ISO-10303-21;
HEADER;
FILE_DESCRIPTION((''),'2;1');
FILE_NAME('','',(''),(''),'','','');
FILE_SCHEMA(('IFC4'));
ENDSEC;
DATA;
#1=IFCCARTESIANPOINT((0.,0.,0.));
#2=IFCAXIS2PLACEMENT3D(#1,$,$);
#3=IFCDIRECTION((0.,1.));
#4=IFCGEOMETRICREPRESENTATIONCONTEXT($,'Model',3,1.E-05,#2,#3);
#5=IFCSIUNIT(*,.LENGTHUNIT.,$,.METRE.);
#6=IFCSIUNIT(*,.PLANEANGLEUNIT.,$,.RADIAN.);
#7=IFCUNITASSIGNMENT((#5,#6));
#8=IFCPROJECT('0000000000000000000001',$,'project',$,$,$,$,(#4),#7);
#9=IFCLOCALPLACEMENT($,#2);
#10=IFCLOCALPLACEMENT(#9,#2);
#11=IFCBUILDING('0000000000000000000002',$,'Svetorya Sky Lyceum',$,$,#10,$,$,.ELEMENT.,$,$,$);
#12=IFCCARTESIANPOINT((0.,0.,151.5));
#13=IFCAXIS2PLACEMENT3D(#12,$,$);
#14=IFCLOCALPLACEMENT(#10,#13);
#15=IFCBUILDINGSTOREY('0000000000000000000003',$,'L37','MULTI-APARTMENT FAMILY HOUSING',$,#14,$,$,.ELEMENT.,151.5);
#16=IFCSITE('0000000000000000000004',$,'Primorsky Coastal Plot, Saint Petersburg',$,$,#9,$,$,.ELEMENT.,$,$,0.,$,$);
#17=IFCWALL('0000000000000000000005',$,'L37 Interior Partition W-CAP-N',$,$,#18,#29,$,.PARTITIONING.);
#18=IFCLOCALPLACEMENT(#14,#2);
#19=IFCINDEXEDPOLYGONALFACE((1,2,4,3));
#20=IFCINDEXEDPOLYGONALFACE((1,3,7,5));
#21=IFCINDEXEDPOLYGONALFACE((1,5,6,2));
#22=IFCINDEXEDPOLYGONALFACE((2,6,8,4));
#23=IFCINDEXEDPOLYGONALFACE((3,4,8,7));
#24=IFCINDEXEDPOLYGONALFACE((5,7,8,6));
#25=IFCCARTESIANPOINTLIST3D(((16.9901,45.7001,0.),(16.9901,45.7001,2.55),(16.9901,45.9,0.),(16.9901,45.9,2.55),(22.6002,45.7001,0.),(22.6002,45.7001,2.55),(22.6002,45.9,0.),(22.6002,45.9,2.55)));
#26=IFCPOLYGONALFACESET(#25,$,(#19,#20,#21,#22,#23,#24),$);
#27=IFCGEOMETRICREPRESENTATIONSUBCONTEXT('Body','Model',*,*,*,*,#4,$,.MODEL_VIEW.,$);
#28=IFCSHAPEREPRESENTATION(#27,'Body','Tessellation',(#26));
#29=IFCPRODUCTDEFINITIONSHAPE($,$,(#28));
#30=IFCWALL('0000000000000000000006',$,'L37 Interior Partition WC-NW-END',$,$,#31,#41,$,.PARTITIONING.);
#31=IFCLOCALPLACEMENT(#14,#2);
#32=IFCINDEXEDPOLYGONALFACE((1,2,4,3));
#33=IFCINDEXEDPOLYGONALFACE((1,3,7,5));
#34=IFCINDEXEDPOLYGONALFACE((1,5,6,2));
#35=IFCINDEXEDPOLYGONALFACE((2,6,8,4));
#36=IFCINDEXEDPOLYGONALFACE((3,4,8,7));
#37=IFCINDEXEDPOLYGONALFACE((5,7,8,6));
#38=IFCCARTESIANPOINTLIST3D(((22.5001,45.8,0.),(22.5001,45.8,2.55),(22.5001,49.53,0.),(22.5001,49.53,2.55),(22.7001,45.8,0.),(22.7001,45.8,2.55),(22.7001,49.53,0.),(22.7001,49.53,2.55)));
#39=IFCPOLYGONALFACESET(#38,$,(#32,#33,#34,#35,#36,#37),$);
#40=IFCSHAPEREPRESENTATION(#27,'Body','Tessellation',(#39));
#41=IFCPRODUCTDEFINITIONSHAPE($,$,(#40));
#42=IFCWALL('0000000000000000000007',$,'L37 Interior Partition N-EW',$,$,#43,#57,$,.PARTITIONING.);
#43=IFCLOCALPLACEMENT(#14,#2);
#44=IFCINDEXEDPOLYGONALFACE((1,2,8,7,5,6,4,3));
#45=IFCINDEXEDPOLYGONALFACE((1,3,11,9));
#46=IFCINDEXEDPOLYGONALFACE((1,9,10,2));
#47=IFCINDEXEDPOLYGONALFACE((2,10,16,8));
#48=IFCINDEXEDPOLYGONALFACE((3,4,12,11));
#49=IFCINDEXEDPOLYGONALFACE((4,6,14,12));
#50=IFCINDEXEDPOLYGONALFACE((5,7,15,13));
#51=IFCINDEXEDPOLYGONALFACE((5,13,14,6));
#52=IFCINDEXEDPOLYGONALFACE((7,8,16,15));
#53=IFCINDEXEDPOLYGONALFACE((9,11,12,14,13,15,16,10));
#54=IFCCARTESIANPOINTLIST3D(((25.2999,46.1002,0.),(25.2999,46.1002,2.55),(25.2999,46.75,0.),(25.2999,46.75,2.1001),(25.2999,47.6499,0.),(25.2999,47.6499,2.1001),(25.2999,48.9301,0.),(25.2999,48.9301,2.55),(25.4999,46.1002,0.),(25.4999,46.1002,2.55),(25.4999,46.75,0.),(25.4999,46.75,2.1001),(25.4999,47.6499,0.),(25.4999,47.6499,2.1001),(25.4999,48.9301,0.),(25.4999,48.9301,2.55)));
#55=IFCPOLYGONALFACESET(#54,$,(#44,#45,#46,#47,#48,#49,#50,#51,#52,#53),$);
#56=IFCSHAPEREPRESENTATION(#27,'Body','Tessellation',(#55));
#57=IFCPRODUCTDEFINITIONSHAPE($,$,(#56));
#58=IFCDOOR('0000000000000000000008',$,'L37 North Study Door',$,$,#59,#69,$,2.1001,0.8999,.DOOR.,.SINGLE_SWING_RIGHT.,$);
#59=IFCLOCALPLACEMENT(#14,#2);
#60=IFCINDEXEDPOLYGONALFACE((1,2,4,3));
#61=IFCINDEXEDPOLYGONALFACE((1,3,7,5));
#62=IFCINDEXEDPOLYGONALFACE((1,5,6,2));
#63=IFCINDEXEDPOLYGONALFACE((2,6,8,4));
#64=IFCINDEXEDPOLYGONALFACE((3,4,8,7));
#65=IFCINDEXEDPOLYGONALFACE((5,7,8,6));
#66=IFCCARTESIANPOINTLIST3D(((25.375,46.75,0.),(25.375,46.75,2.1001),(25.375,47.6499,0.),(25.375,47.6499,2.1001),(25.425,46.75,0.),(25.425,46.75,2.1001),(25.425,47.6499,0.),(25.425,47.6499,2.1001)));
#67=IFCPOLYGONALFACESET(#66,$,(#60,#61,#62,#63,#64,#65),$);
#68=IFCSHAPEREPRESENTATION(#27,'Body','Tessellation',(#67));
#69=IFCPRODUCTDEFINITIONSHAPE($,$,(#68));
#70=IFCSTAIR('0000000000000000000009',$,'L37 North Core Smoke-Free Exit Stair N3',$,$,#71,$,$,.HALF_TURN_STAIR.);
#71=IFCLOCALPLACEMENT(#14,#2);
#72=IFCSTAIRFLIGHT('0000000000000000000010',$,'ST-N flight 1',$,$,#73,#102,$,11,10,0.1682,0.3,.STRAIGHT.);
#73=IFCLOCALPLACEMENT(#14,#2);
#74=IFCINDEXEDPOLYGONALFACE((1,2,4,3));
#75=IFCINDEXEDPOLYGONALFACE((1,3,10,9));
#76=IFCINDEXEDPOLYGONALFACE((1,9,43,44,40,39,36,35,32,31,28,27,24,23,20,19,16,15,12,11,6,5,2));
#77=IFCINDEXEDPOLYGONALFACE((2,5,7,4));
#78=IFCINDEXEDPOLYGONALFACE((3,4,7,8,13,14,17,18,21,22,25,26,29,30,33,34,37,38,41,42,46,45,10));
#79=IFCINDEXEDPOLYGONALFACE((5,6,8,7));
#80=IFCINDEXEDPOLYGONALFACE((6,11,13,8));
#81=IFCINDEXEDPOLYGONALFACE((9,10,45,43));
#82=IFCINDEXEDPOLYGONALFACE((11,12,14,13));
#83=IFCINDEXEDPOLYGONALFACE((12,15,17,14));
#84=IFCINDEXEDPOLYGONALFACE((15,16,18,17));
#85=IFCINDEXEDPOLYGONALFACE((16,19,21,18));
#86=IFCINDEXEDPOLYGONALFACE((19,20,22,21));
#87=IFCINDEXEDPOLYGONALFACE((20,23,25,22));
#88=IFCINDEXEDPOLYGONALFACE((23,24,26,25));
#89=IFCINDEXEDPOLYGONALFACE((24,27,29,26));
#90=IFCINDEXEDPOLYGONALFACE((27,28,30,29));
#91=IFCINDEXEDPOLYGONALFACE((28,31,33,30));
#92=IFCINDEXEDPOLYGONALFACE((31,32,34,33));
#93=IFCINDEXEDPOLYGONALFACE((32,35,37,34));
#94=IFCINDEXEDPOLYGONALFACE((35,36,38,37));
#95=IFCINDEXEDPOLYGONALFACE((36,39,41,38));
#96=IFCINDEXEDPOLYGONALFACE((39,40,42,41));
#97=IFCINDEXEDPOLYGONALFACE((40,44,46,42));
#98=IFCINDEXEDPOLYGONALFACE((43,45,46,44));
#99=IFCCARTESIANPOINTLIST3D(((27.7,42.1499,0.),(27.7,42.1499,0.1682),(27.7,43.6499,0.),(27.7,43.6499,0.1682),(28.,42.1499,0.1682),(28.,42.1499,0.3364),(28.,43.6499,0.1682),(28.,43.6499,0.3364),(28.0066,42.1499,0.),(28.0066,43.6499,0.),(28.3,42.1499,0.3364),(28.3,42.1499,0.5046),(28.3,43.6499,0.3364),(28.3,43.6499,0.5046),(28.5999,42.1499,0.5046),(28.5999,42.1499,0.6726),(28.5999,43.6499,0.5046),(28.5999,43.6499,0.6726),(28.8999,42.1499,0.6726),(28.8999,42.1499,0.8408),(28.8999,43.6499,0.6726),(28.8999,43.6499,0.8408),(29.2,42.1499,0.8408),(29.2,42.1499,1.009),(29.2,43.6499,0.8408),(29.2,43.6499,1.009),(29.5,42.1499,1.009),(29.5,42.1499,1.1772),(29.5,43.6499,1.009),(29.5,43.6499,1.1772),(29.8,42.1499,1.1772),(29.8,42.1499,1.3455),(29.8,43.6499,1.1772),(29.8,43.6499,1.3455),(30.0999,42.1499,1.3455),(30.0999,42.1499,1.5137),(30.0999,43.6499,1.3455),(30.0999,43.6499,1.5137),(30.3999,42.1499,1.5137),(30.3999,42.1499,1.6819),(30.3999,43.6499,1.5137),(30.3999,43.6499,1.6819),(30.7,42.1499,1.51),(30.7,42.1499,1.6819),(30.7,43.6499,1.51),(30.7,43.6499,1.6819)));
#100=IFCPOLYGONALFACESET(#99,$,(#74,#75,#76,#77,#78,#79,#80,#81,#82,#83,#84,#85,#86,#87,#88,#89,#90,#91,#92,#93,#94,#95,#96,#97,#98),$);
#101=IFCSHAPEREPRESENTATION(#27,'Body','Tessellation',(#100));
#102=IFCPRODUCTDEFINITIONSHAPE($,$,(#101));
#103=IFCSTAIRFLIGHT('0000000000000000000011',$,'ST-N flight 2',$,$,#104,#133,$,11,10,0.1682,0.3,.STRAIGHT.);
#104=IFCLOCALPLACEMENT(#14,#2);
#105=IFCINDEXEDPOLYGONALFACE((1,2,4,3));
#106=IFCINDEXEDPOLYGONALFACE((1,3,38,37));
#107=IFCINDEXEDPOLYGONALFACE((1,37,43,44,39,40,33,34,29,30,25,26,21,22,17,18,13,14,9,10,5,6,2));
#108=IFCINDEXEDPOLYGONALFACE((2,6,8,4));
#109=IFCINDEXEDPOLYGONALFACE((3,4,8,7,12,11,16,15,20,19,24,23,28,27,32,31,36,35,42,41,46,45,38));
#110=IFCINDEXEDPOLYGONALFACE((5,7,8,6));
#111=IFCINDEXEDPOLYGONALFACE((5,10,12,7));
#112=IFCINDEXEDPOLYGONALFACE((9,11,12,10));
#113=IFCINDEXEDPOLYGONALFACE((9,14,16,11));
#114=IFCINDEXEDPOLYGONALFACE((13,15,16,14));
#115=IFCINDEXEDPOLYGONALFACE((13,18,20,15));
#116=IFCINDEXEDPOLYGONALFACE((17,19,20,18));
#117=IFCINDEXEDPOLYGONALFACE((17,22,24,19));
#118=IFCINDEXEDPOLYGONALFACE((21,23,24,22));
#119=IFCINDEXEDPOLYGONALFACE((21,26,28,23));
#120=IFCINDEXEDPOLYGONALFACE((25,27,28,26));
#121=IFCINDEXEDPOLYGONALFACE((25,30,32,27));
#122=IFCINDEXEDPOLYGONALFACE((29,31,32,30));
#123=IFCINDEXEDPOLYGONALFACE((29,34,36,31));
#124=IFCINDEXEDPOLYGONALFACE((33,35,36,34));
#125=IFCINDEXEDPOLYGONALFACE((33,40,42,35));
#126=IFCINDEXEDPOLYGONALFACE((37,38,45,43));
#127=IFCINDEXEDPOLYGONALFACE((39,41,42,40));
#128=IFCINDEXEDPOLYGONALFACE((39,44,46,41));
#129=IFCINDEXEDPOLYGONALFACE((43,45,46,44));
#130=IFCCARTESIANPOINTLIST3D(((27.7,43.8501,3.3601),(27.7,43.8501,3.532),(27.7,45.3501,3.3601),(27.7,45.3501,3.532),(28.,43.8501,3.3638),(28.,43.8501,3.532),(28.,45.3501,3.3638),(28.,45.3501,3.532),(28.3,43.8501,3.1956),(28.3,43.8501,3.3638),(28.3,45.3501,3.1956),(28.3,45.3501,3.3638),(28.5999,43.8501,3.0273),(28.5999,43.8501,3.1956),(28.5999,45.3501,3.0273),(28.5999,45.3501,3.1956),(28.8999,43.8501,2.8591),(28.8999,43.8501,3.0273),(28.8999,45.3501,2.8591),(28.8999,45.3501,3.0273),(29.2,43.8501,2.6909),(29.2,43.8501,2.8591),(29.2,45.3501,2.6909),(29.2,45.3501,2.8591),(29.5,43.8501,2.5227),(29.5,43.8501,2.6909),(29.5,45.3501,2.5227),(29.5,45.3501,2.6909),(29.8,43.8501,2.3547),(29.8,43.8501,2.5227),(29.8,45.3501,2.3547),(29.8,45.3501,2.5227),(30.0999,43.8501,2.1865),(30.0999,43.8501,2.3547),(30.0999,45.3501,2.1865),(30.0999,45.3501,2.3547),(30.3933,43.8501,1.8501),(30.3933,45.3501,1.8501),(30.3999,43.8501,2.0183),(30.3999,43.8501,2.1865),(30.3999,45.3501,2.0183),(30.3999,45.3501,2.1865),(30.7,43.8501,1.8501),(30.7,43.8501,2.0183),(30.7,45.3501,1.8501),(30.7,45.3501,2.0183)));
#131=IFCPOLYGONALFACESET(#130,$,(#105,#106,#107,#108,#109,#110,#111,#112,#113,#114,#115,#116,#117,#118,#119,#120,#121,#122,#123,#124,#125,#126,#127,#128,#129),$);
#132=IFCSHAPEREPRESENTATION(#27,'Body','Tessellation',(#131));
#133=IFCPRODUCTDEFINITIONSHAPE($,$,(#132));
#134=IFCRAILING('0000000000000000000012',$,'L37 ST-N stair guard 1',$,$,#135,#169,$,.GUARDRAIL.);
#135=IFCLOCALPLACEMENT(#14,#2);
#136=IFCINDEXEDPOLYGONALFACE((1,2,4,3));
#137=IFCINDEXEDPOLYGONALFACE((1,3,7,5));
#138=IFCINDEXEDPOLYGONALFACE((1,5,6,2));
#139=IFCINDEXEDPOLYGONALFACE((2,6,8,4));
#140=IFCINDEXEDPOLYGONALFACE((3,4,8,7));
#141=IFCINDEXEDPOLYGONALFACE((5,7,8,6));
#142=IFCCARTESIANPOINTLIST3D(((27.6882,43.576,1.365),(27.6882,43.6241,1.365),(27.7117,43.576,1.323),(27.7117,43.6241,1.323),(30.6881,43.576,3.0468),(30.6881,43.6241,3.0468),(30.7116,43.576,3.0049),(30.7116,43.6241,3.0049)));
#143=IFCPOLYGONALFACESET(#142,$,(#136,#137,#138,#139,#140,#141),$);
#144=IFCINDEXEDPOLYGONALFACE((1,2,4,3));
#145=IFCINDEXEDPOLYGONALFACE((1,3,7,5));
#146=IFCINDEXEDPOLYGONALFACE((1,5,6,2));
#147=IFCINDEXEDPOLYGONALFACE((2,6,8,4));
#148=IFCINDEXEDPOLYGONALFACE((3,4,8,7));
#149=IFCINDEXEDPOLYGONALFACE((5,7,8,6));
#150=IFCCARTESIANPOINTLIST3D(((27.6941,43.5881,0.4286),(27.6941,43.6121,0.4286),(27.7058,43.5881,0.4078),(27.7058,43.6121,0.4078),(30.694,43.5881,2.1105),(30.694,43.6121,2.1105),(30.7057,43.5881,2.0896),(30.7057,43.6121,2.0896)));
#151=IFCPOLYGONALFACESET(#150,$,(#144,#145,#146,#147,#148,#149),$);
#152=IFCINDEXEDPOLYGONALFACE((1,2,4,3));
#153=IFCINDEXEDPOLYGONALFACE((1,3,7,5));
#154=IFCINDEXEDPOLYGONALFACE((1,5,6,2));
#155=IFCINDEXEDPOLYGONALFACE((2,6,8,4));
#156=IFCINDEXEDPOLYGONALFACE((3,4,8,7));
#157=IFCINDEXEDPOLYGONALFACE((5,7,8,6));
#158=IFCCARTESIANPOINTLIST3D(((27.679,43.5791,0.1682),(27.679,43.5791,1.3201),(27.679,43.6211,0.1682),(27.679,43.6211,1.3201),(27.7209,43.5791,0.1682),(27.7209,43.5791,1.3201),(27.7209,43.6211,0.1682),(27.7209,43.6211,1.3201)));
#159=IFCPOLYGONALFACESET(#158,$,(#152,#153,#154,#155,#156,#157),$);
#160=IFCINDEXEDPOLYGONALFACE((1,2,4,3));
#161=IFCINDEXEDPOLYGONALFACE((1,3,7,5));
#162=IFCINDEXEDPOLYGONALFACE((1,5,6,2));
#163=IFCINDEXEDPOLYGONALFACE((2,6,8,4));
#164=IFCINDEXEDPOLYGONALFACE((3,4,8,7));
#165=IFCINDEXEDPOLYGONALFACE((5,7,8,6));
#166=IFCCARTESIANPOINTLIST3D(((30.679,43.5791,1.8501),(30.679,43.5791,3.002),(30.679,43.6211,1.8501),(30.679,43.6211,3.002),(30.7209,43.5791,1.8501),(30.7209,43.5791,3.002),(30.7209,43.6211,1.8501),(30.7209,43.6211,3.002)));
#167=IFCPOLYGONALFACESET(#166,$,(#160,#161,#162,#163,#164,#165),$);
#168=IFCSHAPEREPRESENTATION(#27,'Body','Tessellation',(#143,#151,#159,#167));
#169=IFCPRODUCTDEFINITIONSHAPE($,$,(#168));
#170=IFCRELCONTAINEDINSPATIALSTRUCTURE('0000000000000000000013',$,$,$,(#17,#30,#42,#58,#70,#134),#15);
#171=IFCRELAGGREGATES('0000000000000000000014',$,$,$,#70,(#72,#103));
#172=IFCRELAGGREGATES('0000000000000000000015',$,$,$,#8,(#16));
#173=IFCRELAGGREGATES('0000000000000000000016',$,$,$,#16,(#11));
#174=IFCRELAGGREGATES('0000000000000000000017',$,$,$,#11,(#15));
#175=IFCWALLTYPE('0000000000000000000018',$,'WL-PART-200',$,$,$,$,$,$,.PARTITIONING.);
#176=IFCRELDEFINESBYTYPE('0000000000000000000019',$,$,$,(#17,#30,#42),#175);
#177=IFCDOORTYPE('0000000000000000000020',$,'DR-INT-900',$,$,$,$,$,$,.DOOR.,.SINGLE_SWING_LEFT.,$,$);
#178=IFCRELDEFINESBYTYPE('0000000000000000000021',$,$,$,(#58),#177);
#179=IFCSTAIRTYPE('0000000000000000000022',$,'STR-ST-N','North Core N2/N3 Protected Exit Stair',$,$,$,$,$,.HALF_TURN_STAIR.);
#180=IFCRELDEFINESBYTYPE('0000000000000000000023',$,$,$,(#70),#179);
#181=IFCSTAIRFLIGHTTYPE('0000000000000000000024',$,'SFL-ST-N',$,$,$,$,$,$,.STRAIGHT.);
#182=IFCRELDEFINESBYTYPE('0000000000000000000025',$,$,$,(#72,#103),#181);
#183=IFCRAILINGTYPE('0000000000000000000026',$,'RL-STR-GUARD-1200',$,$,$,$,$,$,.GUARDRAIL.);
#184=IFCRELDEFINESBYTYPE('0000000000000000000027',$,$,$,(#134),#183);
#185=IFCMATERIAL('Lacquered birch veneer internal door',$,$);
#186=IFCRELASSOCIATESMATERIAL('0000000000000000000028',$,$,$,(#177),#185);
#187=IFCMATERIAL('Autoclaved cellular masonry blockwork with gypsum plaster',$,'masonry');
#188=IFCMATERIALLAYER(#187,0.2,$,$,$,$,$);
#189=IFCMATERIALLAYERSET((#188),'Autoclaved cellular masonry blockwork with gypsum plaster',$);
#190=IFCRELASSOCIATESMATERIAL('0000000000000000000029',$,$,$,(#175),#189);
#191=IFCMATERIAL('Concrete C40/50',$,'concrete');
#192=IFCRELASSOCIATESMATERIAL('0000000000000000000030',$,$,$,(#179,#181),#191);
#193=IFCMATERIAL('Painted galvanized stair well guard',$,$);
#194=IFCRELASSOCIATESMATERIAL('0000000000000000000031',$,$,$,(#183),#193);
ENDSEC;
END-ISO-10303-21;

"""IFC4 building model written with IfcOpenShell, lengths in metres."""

from ifc_helpers import new_model, si_unit, direction, frame, frame_2d, origin, origin_2d, place, context, subcontext, project, spatial, polyline, rectangle, outline, extrude, material, layer, layer_set, type_object, element, fill, aggregate, save


model = new_model("IFC4")

# Units and contexts
model_context = context("Model", 3, precision=1e-05, world=origin(), true_north=direction((0.0, 1.0)))
body_context = subcontext(model_context, "Body", "Model", "MODEL_VIEW")
ifc_project = project(units=[si_unit("LENGTHUNIT", "METRE"), si_unit("PLANEANGLEUNIT", "RADIAN")], contexts=[model_context])

# Site, building, storey
site_placement = place(None, origin())
site = spatial("IfcSite", under=ifc_project, at=site_placement, Name="Primorsky Coastal Plot, Saint Petersburg", CompositionType="ELEMENT", RefElevation=0.0)
building_placement = place(site_placement, origin())
building = spatial("IfcBuilding", under=site, at=building_placement, Name="Svetorya Sky Lyceum", CompositionType="ELEMENT")
storey_placement = place(building_placement, frame((0.0, 0.0, 151.5)))
storey = spatial("IfcBuildingStorey", under=building, at=storey_placement, Name="L37", Description="MULTI-APARTMENT FAMILY HOUSING", CompositionType="ELEMENT", Elevation=151.5)

# Shared definitions
ifc_material_1 = material(Name="Concrete C40/50", Category="concrete")

# Shared definitions
ifc_material_2 = material(Name="Lacquered birch veneer internal door")
door_type = type_object("IfcDoorType", Name="DR-INT-900", OperationType="SINGLE_SWING_LEFT", PredefinedType="DOOR", material=ifc_material_2)

# Walls
ifc_material_3 = material(Name="Autoclaved cellular masonry blockwork with gypsum plaster", Category="masonry")
ifc_layer_1 = layer(ifc_material_3, 0.2)
ifc_layer_set_1 = layer_set([ifc_layer_1], Name="Autoclaved cellular masonry blockwork with gypsum plaster")
wall_type_1 = type_object("IfcWallType", Name="WL-PART-200", PredefinedType="PARTITIONING", material=ifc_layer_set_1)
wall_1_placement = place(storey_placement, frame((16.99, 45.8, 0.0), z_axis=(0.0, 0.0, 1.0), x_axis=(1.0, 0.0, 0.0)))
element("IfcWall", 1, at=wall_1_placement, inside=storey, type_object=wall_type_1, Name="L37 Interior Partition W-CAP-N", PredefinedType="PARTITIONING", context=body_context, shape_type="SweptSolid", body=[
    extrude(rectangle(XDim=5.6101, YDim=0.2, at=frame_2d((2.8052, 0.0))), origin(), (0.0, 0.0, 1.0), 2.55),
])
wall_2_placement = place(storey_placement, frame((22.6001, 45.8, 0.0), z_axis=(0.0, 0.0, 1.0), x_axis=(0.0, 1.0, 0.0)))
element("IfcWall", 2, at=wall_2_placement, inside=storey, type_object=wall_type_1, Name="L37 Interior Partition WC-NW-END", PredefinedType="PARTITIONING", context=body_context, shape_type="SweptSolid", body=[
    extrude(rectangle(XDim=3.73, YDim=0.2, at=frame_2d((1.865, 0.0))), origin(), (0.0, 0.0, 1.0), 2.55),
])

# Wall, opening, door
wall_3_placement = place(storey_placement, frame((25.3999, 46.1001, 0.0), z_axis=(0.0, 0.0, 1.0), x_axis=(0.0, 1.0, 0.0)))
wall_3 = element("IfcWall", 3, at=wall_3_placement, inside=storey, type_object=wall_type_1, Name="L37 Interior Partition N-EW", PredefinedType="PARTITIONING", context=body_context, shape_type="SweptSolid", body=[
    extrude(rectangle(XDim=2.8298, YDim=0.2, at=frame_2d((1.415, 0.0))), origin(), (0.0, 0.0, 1.0), 2.55),
])
opening_1_placement = place(wall_3_placement, frame((0.6499, 0.0, 0.0)))
opening_1 = element("IfcOpeningElement", 4, at=opening_1_placement, cuts=wall_3, PredefinedType="OPENING", context=body_context, shape_type="SweptSolid", body=[
    extrude(rectangle(XDim=0.8999, YDim=2.1001, at=frame_2d((0.45, 1.05))), frame((0.0, 0.1099, 0.0), z_axis=(0.0, -1.0, 0.0), x_axis=(1.0, 0.0, 0.0)), (0.0, 0.0, 1.0), 0.22),
])
door_1_placement = place(opening_1_placement, origin())
door_1 = element("IfcDoor", 5, at=door_1_placement, inside=storey, type_object=door_type, Name="L37 North Study Door", OperationType="SINGLE_SWING_RIGHT", OverallHeight=2.1001, OverallWidth=0.8999, PredefinedType="DOOR", context=body_context, shape_type="SweptSolid", body=[
    extrude(rectangle(XDim=0.8999, YDim=2.1001, at=frame_2d((0.45, 1.05))), frame((0.0, 0.0249, 0.0), z_axis=(0.0, -1.0, 0.0), x_axis=(1.0, 0.0, 0.0)), (0.0, 0.0, 1.0), 0.05),
])
fill(opening_1, door_1)

# Stair, stair flights
stair_type = type_object("IfcStairType", Name="STR-ST-N", Description="North Core N2/N3 Protected Exit Stair", PredefinedType="HALF_TURN_STAIR", material=ifc_material_1)
stair_placement = place(storey_placement, origin())
stair = element("IfcStair", 6, at=stair_placement, inside=storey, type_object=stair_type, Name="L37 North Core Smoke-Free Exit Stair N3", PredefinedType="HALF_TURN_STAIR")
stair_flight_type = type_object("IfcStairFlightType", Name="SFL-ST-N", PredefinedType="STRAIGHT", material=ifc_material_1)
stair_flight_1_placement = place(storey_placement, frame((27.7, 42.8999, 0.0), z_axis=(0.0, 0.0, 1.0), x_axis=(1.0, 0.0, 0.0)))
stair_flight_1 = element("IfcStairFlight", 7, at=stair_flight_1_placement, type_object=stair_flight_type, Name="ST-N flight 1", NumberOfRisers=11, NumberOfTreads=10, PredefinedType="STRAIGHT", RiserHeight=0.1682, TreadLength=0.3, context=body_context, shape_type="SweptSolid", body=[
    extrude(outline(polyline([(0.0, 0.0), (0.0, 0.1682), (0.3, 0.1682), (0.3, 0.3364), (0.6001, 0.3364), (0.6001, 0.5046), (0.8999, 0.5046), (0.8999, 0.6726), (1.2, 0.6726), (1.2, 0.8408), (1.5, 0.8408), (1.5, 1.009), (1.8, 1.009), (1.8, 1.1772), (2.1001, 1.1772), (2.1001, 1.3455), (2.3999, 1.3455), (2.3999, 1.5137), (2.7, 1.5137), (2.7, 1.6819), (3.0, 1.6819), (3.0, 1.8501), (3.0, 1.51), (0.3066, 0.0), (0.0, 0.0)])), frame((0.0, 0.75, 0.0), z_axis=(0.0, -1.0, 0.0), x_axis=(1.0, 0.0, 0.0)), (0.0, 0.0, 1.0), 1.5),
])
stair_flight_2_placement = place(storey_placement, frame((30.7, 44.6001, 1.8501), z_axis=(0.0, 0.0, 1.0), x_axis=(-1.0, 0.0, 0.0)))
stair_flight_2 = element("IfcStairFlight", 8, at=stair_flight_2_placement, type_object=stair_flight_type, Name="ST-N flight 2", NumberOfRisers=11, NumberOfTreads=10, PredefinedType="STRAIGHT", RiserHeight=0.1682, TreadLength=0.3, context=body_context, shape_type="SweptSolid", body=[
    extrude(outline(polyline([(0.0, 0.0), (0.0, 0.1682), (0.3, 0.1682), (0.3, 0.3364), (0.6001, 0.3364), (0.6001, 0.5046), (0.8999, 0.5046), (0.8999, 0.6726), (1.2, 0.6726), (1.2, 0.8408), (1.5, 0.8408), (1.5, 1.009), (1.8, 1.009), (1.8, 1.1772), (2.1001, 1.1772), (2.1001, 1.3455), (2.3999, 1.3455), (2.3999, 1.5137), (2.7, 1.5137), (2.7, 1.6819), (3.0, 1.6819), (3.0, 1.8501), (3.0, 1.51), (0.3066, 0.0), (0.0, 0.0)])), frame((0.0, 0.75, 0.0), z_axis=(0.0, -1.0, 0.0), x_axis=(1.0, 0.0, 0.0)), (0.0, 0.0, 1.0), 1.5),
])
aggregate(stair, [stair_flight_1, stair_flight_2])

# Railing
ifc_material_4 = material(Name="Painted galvanized stair well guard")
railing_type_1 = type_object("IfcRailingType", Name="RL-STR-GUARD-1200", PredefinedType="GUARDRAIL", material=ifc_material_4)
railing_1_placement = place(storey_placement, frame((27.7, 43.6001, 0.1682)))
element("IfcRailing", 9, at=railing_1_placement, inside=storey, type_object=railing_type_1, Name="L37 ST-N stair guard 1", PredefinedType="GUARDRAIL", context=body_context, shape_type="SweptSolid", body=[
    extrude(rectangle(XDim=0.0481, YDim=0.0481, at=origin_2d()), frame((0.0, 0.0, 1.1758), z_axis=(0.872272, 0.0, 0.48902), x_axis=(0.0, 1.0, 0.0)), (0.0, 0.0, 1.0), 3.4392),
    extrude(rectangle(XDim=0.0239, YDim=0.0239, at=origin_2d()), frame((0.0, 0.0, 0.25), z_axis=(0.872272, 0.0, 0.48902), x_axis=(0.0, 1.0, 0.0)), (0.0, 0.0, 1.0), 3.4392),
    extrude(rectangle(XDim=0.042, YDim=0.042, at=origin_2d()), origin(), (0.0, 0.0, 1.0), 1.1519),
    extrude(rectangle(XDim=0.042, YDim=0.042, at=origin_2d()), frame((3.0, 0.0, 1.6819)), (0.0, 0.0, 1.0), 1.1519),
])

save(model, "model.ifc")
